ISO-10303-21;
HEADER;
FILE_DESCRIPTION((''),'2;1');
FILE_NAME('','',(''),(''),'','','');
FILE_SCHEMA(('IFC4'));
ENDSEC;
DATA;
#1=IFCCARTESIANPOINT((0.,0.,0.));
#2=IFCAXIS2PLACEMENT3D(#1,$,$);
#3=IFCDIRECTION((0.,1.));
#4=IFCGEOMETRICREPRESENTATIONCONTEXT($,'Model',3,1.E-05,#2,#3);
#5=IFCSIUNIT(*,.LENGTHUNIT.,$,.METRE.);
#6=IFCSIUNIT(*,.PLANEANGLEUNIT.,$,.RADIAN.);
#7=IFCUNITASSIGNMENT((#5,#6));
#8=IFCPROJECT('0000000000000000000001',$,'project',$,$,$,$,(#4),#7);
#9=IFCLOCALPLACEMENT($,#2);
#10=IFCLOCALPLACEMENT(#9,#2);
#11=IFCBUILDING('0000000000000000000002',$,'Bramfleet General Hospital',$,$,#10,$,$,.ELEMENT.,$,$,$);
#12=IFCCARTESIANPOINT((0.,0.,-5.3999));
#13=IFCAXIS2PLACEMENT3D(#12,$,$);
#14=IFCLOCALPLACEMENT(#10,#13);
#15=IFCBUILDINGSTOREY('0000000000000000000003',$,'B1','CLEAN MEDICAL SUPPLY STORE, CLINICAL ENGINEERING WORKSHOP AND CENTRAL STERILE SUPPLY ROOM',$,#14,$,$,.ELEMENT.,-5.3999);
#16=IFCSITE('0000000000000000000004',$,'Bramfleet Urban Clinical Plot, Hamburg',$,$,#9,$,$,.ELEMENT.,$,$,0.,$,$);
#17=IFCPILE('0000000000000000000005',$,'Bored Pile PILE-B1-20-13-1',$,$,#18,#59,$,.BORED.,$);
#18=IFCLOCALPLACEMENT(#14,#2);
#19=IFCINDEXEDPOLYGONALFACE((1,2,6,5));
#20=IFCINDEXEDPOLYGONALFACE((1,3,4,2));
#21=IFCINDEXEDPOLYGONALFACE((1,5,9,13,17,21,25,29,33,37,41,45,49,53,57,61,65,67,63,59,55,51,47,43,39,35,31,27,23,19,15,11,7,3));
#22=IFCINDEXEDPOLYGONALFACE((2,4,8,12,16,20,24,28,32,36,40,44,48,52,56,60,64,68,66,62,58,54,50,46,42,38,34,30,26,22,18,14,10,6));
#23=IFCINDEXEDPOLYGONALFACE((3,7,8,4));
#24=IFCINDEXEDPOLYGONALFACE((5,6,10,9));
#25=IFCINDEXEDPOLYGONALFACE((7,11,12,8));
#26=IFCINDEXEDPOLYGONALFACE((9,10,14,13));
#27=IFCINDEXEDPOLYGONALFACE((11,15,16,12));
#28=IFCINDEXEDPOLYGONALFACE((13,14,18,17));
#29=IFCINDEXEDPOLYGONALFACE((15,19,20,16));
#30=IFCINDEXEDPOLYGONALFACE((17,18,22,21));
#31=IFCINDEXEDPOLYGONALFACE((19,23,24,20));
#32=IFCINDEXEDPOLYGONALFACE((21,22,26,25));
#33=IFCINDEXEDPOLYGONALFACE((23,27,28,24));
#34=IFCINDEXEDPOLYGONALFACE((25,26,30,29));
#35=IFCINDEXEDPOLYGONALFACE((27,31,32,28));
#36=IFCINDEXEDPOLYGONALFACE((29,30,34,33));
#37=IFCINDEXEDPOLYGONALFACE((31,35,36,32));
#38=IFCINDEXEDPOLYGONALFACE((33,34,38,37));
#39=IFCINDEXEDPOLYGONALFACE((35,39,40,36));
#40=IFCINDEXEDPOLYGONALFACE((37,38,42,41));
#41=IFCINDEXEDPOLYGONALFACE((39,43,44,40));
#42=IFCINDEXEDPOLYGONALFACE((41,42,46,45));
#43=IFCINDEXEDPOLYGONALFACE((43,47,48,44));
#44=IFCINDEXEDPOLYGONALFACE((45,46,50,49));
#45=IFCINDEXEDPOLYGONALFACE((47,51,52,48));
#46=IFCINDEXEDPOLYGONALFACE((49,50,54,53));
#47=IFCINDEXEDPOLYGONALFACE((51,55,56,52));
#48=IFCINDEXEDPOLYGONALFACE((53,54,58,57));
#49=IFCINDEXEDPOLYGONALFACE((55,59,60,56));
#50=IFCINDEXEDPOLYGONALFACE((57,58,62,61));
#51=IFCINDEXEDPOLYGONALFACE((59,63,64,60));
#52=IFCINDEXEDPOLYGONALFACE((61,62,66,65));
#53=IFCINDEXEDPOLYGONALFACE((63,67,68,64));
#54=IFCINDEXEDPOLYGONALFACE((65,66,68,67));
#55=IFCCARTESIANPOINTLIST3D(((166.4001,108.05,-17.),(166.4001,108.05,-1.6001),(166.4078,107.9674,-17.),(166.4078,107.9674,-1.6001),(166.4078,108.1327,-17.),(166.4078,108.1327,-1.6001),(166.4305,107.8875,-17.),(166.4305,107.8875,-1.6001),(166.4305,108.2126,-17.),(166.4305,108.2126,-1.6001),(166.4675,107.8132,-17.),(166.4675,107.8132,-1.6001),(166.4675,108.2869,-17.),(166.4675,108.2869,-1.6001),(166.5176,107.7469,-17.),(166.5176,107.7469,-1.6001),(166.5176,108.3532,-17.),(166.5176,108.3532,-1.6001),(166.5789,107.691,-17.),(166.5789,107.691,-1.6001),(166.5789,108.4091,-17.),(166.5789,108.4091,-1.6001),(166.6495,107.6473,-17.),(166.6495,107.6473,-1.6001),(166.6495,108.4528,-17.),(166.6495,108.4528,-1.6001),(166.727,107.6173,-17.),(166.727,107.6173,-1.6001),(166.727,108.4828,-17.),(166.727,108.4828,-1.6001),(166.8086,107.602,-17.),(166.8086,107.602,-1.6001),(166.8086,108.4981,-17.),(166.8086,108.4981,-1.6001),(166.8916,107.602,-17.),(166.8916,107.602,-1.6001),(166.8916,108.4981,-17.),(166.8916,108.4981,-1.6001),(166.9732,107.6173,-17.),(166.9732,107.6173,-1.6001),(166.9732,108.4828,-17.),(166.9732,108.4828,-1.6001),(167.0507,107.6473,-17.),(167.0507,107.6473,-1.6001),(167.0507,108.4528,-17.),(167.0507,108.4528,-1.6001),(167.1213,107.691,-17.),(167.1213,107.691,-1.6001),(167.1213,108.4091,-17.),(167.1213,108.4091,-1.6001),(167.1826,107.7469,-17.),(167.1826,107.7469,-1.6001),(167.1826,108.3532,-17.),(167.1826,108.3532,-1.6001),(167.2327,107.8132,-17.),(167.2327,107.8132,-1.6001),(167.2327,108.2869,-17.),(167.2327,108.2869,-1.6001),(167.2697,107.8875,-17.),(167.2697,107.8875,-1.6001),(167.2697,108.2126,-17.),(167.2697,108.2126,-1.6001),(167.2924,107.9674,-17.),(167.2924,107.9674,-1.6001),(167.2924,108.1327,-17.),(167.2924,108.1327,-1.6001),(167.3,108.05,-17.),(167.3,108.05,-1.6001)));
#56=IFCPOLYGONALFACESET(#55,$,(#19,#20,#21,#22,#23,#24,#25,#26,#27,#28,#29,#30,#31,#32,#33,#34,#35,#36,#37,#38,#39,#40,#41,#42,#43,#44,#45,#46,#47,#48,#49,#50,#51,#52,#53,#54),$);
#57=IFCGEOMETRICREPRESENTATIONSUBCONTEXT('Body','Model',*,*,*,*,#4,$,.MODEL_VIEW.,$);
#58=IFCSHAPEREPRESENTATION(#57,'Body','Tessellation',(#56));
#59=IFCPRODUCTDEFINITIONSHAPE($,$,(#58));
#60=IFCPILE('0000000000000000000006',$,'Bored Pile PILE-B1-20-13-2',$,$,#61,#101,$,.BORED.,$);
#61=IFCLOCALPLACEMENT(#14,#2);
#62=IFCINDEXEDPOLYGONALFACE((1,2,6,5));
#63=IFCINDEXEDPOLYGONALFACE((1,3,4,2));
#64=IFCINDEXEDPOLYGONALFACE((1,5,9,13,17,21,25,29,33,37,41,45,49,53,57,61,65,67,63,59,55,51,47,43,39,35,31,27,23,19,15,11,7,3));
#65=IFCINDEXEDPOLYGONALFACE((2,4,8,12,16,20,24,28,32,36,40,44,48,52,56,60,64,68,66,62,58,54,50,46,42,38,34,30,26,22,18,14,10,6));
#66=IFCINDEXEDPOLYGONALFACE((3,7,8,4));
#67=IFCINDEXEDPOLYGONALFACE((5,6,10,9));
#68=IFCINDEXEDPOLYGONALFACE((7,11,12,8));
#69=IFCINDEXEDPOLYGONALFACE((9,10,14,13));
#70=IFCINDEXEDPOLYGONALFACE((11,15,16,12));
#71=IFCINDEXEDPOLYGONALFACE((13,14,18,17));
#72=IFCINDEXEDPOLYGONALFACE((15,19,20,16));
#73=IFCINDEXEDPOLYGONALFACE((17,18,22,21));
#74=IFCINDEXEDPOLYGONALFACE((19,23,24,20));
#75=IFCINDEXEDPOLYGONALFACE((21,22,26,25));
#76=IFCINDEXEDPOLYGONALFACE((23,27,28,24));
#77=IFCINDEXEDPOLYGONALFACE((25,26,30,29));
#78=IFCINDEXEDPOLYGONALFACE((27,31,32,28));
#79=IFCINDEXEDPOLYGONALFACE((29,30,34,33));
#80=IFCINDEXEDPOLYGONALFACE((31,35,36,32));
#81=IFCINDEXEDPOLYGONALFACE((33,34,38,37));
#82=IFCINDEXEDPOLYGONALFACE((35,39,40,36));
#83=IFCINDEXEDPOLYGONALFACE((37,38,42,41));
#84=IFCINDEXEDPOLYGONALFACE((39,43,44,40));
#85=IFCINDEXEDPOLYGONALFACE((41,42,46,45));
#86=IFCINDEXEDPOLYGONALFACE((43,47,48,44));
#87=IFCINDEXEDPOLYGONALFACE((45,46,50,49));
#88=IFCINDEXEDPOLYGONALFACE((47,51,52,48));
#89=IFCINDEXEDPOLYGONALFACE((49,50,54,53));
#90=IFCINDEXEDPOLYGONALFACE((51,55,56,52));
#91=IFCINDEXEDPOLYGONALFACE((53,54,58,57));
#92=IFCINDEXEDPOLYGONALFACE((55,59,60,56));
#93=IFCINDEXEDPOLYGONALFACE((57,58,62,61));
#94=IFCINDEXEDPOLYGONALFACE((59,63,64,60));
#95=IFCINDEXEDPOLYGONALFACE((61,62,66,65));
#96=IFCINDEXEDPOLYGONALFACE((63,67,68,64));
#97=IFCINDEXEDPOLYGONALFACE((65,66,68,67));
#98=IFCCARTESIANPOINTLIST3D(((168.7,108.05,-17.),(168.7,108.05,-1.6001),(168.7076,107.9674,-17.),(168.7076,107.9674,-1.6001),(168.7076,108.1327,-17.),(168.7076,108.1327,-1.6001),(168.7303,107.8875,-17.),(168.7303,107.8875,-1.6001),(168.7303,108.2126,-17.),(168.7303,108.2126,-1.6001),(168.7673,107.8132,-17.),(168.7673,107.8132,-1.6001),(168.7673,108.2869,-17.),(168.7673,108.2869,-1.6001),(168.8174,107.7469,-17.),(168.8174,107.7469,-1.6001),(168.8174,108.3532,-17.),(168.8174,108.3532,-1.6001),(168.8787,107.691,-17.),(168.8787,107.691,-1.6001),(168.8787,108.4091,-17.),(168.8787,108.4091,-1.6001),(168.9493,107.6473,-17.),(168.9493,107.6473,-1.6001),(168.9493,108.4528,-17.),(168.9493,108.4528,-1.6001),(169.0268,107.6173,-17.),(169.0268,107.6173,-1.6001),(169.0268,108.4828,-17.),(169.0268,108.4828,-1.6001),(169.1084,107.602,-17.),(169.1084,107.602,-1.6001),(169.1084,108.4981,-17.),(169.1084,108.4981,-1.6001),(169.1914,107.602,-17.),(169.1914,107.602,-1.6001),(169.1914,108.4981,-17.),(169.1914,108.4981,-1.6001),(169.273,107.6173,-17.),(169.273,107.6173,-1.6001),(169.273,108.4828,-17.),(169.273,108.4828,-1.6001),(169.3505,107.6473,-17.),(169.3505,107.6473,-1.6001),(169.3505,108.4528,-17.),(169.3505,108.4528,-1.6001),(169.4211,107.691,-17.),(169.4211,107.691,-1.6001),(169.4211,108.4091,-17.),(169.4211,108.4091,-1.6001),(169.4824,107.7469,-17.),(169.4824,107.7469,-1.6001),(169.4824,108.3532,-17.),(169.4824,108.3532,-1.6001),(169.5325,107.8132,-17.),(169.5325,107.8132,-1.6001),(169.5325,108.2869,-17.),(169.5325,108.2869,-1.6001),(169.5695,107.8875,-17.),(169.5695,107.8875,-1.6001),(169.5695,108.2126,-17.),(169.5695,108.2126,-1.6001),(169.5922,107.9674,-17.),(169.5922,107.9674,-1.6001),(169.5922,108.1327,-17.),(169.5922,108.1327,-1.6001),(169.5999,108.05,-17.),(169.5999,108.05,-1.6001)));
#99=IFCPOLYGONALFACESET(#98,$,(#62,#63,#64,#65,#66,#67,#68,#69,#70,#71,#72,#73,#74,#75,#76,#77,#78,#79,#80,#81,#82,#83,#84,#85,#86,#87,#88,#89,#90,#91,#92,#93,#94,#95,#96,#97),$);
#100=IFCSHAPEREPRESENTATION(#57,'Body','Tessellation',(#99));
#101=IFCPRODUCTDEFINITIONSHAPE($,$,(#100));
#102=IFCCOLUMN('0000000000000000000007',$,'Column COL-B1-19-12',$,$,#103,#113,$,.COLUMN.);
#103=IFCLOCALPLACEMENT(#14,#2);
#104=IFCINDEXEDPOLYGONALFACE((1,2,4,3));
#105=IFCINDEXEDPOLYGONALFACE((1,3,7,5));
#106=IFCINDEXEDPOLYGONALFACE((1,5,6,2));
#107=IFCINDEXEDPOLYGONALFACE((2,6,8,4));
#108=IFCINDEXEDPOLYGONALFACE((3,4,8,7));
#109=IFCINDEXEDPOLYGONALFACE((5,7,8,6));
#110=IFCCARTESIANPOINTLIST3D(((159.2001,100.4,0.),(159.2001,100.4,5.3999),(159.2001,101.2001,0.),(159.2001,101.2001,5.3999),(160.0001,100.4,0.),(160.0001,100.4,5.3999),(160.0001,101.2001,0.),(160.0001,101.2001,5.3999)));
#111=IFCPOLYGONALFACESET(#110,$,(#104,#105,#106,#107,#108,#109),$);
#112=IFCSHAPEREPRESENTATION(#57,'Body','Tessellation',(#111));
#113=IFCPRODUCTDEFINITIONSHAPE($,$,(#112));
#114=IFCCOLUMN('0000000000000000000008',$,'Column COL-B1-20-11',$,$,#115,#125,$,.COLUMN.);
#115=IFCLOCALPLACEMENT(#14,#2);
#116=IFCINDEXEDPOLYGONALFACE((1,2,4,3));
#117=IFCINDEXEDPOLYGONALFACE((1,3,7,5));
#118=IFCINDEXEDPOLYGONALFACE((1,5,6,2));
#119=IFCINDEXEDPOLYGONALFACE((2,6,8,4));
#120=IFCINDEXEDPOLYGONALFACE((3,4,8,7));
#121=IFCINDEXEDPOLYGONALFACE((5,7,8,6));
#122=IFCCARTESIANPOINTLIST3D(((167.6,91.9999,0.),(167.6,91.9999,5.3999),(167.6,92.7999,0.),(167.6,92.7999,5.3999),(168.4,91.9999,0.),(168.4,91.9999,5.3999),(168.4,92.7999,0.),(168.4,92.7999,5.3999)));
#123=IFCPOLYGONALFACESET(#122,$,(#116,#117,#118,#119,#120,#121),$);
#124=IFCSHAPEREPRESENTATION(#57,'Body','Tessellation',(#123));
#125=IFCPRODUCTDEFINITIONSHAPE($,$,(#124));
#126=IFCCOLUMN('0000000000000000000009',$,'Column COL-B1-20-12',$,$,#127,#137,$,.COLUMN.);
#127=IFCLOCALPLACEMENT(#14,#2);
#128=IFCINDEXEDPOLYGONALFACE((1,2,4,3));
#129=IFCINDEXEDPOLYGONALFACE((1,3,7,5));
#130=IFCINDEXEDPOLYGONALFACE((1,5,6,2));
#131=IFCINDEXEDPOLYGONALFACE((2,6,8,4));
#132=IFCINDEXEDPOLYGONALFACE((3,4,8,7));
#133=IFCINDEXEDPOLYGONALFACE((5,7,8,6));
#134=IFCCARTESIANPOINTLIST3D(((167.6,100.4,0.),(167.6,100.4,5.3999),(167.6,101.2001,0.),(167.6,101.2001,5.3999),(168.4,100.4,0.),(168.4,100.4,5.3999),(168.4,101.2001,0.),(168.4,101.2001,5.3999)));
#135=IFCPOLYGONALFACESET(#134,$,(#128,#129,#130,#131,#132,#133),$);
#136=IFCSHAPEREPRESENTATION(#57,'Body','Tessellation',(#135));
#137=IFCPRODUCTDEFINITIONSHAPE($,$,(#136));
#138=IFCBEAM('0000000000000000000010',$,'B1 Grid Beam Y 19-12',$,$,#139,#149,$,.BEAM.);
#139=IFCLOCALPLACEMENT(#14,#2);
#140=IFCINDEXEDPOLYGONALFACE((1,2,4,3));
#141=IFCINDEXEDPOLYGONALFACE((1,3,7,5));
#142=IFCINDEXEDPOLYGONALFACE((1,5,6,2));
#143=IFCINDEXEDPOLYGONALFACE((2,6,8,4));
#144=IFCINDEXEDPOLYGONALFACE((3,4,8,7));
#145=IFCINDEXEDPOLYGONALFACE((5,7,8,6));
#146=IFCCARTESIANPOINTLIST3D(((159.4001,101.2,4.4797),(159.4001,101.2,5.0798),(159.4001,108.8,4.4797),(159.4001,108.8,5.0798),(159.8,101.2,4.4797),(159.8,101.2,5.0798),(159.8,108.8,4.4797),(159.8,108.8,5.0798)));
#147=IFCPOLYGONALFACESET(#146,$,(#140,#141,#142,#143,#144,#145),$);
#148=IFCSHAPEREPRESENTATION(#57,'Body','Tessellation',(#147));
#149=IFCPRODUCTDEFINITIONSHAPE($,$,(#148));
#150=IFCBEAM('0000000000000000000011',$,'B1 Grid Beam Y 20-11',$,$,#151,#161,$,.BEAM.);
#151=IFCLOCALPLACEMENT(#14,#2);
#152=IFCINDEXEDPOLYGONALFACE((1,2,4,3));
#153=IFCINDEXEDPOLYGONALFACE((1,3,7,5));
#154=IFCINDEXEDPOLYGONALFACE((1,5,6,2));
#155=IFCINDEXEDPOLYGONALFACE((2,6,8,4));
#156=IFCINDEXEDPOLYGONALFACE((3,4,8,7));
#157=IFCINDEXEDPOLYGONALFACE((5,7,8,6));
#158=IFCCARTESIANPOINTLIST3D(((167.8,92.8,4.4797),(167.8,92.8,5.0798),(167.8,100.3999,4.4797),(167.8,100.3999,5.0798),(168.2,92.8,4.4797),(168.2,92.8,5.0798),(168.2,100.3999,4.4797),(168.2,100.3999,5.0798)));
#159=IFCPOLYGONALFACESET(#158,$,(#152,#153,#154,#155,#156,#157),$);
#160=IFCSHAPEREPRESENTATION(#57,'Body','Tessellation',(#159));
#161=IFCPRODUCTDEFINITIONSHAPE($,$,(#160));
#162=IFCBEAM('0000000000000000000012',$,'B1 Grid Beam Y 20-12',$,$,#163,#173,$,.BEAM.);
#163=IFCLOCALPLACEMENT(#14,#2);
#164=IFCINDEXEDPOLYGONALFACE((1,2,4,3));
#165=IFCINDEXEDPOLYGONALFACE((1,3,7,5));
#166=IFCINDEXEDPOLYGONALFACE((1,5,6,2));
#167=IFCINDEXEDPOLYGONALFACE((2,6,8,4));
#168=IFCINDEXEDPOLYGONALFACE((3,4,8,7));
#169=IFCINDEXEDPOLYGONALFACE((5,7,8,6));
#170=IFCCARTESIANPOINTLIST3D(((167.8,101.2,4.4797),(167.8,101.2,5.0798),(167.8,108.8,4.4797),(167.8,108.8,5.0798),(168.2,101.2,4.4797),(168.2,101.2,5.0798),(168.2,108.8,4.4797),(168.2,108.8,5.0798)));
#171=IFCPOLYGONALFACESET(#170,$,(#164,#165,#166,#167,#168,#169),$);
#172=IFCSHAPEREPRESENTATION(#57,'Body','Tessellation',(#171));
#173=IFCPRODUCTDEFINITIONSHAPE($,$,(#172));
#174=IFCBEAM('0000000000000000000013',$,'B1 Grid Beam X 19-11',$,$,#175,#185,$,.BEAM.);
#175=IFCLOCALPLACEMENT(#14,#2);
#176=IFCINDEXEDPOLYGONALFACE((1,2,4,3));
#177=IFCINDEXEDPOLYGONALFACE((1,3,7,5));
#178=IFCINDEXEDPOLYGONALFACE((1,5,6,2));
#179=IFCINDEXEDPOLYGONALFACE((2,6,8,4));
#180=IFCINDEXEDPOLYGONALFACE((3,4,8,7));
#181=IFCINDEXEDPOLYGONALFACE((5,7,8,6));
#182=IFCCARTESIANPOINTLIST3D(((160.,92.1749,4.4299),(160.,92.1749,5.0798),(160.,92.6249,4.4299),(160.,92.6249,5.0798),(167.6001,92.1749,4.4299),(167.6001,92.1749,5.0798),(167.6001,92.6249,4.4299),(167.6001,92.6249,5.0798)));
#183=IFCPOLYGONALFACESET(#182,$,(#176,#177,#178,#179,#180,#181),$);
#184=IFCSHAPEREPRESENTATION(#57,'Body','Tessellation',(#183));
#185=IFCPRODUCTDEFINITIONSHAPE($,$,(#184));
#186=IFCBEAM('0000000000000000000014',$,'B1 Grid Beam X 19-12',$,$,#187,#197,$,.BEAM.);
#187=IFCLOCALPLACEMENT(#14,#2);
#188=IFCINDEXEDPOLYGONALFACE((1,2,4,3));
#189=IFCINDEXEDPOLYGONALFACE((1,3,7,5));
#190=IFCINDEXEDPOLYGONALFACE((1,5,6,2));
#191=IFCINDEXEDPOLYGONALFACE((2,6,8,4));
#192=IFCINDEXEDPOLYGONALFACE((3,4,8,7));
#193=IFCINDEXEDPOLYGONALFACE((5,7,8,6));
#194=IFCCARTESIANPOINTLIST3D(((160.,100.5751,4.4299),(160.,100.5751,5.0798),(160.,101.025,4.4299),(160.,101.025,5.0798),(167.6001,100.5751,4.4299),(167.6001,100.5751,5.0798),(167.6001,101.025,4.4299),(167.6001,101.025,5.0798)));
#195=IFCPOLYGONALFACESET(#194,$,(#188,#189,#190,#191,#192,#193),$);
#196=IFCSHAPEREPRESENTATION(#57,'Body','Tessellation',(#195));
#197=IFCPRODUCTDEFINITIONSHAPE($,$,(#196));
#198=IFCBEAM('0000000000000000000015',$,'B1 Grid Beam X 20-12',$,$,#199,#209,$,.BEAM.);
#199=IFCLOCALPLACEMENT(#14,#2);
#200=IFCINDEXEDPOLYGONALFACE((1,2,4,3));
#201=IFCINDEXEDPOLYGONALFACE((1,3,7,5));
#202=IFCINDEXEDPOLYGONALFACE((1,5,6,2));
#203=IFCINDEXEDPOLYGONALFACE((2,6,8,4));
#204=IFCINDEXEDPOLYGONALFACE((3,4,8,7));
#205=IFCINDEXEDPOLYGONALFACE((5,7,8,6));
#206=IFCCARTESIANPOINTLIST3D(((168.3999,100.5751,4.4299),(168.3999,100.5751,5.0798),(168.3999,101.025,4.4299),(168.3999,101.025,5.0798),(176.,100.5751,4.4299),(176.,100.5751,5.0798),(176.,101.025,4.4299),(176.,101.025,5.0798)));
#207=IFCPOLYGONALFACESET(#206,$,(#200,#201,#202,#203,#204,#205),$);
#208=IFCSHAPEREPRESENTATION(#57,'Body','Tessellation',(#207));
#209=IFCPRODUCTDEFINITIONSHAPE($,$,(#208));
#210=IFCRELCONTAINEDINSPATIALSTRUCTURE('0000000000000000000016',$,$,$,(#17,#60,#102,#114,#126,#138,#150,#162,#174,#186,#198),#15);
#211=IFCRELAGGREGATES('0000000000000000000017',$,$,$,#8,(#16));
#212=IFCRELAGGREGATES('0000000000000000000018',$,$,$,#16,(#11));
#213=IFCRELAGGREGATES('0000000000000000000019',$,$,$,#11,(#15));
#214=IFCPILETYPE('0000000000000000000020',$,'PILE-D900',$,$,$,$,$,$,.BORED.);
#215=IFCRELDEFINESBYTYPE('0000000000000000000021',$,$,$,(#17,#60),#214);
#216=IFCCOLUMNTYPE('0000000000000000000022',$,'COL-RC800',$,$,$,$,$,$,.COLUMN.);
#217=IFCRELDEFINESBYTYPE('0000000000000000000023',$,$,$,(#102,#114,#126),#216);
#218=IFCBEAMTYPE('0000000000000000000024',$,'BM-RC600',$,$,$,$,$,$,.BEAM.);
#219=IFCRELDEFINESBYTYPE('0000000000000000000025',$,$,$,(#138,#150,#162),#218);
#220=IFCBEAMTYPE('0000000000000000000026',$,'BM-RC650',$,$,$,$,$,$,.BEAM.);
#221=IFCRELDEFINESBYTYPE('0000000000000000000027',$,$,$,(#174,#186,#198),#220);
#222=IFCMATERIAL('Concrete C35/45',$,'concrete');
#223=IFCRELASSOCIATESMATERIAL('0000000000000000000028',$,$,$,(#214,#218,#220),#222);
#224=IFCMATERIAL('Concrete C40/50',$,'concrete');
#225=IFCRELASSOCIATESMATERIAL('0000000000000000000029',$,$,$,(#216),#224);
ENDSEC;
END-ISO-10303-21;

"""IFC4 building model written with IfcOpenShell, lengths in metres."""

from ifc_helpers import new_model, si_unit, direction, frame, origin, origin_2d, place, context, subcontext, project, spatial, rectangle, circle, extrude, material, material_profile, profile_set, type_object, element, save


model = new_model("IFC4")

# Units and contexts
model_context = context("Model", 3, precision=1e-05, world=origin(), true_north=direction((0.0, 1.0)))
body_context = subcontext(model_context, "Body", "Model", "MODEL_VIEW")
ifc_project = project(units=[si_unit("LENGTHUNIT", "METRE"), si_unit("PLANEANGLEUNIT", "RADIAN")], contexts=[model_context])

# Site, building, storey
site_placement = place(None, origin())
site = spatial("IfcSite", under=ifc_project, at=site_placement, Name="Bramfleet Urban Clinical Plot, Hamburg", CompositionType="ELEMENT", RefElevation=0.0)
building_placement = place(site_placement, origin())
building = spatial("IfcBuilding", under=site, at=building_placement, Name="Bramfleet General Hospital", CompositionType="ELEMENT")
storey_placement = place(building_placement, frame((0.0, 0.0, -5.3999)))
storey = spatial("IfcBuildingStorey", under=building, at=storey_placement, Name="B1", Description="CLEAN MEDICAL SUPPLY STORE, CLINICAL ENGINEERING WORKSHOP AND CENTRAL STERILE SUPPLY ROOM", CompositionType="ELEMENT", Elevation=-5.3999)

# Shared definitions
ifc_material_1 = material(Name="Concrete C35/45", Category="concrete")

# Piles
ifc_material_profile_1 = material_profile(ifc_material_1, circle(Radius=0.45, at=origin_2d()), Name="PILE BORED D900")
ifc_profile_set_1 = profile_set([ifc_material_profile_1], Name="Concrete C35/45")
pile_type = type_object("IfcPileType", Name="PILE-D900", PredefinedType="BORED", material=ifc_profile_set_1)
for number, where, z_axis, x_axis, name in (
    (1, (166.8501, 108.05, -1.6001), (0.0, 0.0, -1.0), (1.0, 0.0, 0.0), "Bored Pile PILE-B1-20-13-1"),
    (2, (169.1499, 108.05, -1.6001), (0.0, 0.0, -1.0), (1.0, 0.0, 0.0), "Bored Pile PILE-B1-20-13-2"),
):
    element("IfcPile", number, at=place(storey_placement, frame(where, z_axis=z_axis, x_axis=x_axis)), inside=storey, type_object=pile_type, Name=name, PredefinedType="BORED", context=body_context, shape_type="SweptSolid", body=[
        extrude(circle(Radius=0.45, at=origin_2d()), origin(), (0.0, 0.0, 1.0), 15.3999),
    ])

# Columns
ifc_material_2 = material(Name="Concrete C40/50", Category="concrete")
ifc_material_profile_2 = material_profile(ifc_material_2, rectangle(XDim=0.8, YDim=0.8, at=origin_2d()), Name="RC COL 800x800")
ifc_profile_set_2 = profile_set([ifc_material_profile_2], Name="Concrete C40/50")
column_type = type_object("IfcColumnType", Name="COL-RC800", PredefinedType="COLUMN", material=ifc_profile_set_2)
for number, where, z_axis, x_axis, name in (
    (3, (159.6001, 100.8, 0.0), (0.0, 0.0, 1.0), (1.0, 0.0, 0.0), "Column COL-B1-19-12"),
    (4, (168.0, 92.3999, 0.0), (0.0, 0.0, 1.0), (1.0, 0.0, 0.0), "Column COL-B1-20-11"),
    (5, (168.0, 100.8, 0.0), (0.0, 0.0, 1.0), (1.0, 0.0, 0.0), "Column COL-B1-20-12"),
):
    element("IfcColumn", number, at=place(storey_placement, frame(where, z_axis=z_axis, x_axis=x_axis)), inside=storey, type_object=column_type, Name=name, PredefinedType="COLUMN", context=body_context, shape_type="SweptSolid", body=[
        extrude(rectangle(XDim=0.8, YDim=0.8, at=origin_2d()), origin(), (0.0, 0.0, 1.0), 5.3999),
    ])

# Beams
ifc_material_profile_3 = material_profile(ifc_material_1, rectangle(XDim=0.3999, YDim=0.6001, at=origin_2d()), Name="RC BM 600x400")
ifc_profile_set_3 = profile_set([ifc_material_profile_3], Name="Concrete C35/45")
beam_type_1 = type_object("IfcBeamType", Name="BM-RC600", PredefinedType="BEAM", material=ifc_profile_set_3)
beam_1_placement = place(storey_placement, frame((159.6001, 101.2, 4.7798), z_axis=(0.0, 1.0, 0.0), x_axis=(-1.0, 0.0, 0.0)))
element("IfcBeam", 6, at=beam_1_placement, inside=storey, type_object=beam_type_1, Name="B1 Grid Beam Y 19-12", PredefinedType="BEAM", context=body_context, shape_type="SweptSolid", body=[
    extrude(rectangle(XDim=0.3999, YDim=0.6001, at=origin_2d()), origin(), (0.0, 0.0, 1.0), 7.6001),
])
beam_2_placement = place(storey_placement, frame((168.0, 92.8, 4.7798), z_axis=(0.0, 1.0, 0.0), x_axis=(-1.0, 0.0, 0.0)))
element("IfcBeam", 7, at=beam_2_placement, inside=storey, type_object=beam_type_1, Name="B1 Grid Beam Y 20-11", PredefinedType="BEAM", context=body_context, shape_type="SweptSolid", body=[
    extrude(rectangle(XDim=0.3999, YDim=0.6001, at=origin_2d()), origin(), (0.0, 0.0, 1.0), 7.5999),
])
beam_3_placement = place(storey_placement, frame((168.0, 101.2, 4.7798), z_axis=(0.0, 1.0, 0.0), x_axis=(-1.0, 0.0, 0.0)))
element("IfcBeam", 8, at=beam_3_placement, inside=storey, type_object=beam_type_1, Name="B1 Grid Beam Y 20-12", PredefinedType="BEAM", context=body_context, shape_type="SweptSolid", body=[
    extrude(rectangle(XDim=0.3999, YDim=0.6001, at=origin_2d()), origin(), (0.0, 0.0, 1.0), 7.6001),
])
ifc_material_profile_4 = material_profile(ifc_material_1, rectangle(XDim=0.45, YDim=0.6499, at=origin_2d()), Name="RC BM 650x450")
ifc_profile_set_4 = profile_set([ifc_material_profile_4], Name="Concrete C35/45")
beam_type_2 = type_object("IfcBeamType", Name="BM-RC650", PredefinedType="BEAM", material=ifc_profile_set_4)
for number, where, z_axis, x_axis, name in (
    (9, (160.0, 92.3999, 4.7549), (1.0, 0.0, 0.0), (0.0, 1.0, 0.0), "B1 Grid Beam X 19-11"),
    (10, (160.0, 100.8, 4.7549), (1.0, 0.0, 0.0), (0.0, 1.0, 0.0), "B1 Grid Beam X 19-12"),
    (11, (168.3999, 100.8, 4.7549), (1.0, 0.0, 0.0), (0.0, 1.0, 0.0), "B1 Grid Beam X 20-12"),
):
    element("IfcBeam", number, at=place(storey_placement, frame(where, z_axis=z_axis, x_axis=x_axis)), inside=storey, type_object=beam_type_2, Name=name, PredefinedType="BEAM", context=body_context, shape_type="SweptSolid", body=[
        extrude(rectangle(XDim=0.45, YDim=0.6499, at=origin_2d()), origin(), (0.0, 0.0, 1.0), 7.6001),
    ])

save(model, "model.ifc")
